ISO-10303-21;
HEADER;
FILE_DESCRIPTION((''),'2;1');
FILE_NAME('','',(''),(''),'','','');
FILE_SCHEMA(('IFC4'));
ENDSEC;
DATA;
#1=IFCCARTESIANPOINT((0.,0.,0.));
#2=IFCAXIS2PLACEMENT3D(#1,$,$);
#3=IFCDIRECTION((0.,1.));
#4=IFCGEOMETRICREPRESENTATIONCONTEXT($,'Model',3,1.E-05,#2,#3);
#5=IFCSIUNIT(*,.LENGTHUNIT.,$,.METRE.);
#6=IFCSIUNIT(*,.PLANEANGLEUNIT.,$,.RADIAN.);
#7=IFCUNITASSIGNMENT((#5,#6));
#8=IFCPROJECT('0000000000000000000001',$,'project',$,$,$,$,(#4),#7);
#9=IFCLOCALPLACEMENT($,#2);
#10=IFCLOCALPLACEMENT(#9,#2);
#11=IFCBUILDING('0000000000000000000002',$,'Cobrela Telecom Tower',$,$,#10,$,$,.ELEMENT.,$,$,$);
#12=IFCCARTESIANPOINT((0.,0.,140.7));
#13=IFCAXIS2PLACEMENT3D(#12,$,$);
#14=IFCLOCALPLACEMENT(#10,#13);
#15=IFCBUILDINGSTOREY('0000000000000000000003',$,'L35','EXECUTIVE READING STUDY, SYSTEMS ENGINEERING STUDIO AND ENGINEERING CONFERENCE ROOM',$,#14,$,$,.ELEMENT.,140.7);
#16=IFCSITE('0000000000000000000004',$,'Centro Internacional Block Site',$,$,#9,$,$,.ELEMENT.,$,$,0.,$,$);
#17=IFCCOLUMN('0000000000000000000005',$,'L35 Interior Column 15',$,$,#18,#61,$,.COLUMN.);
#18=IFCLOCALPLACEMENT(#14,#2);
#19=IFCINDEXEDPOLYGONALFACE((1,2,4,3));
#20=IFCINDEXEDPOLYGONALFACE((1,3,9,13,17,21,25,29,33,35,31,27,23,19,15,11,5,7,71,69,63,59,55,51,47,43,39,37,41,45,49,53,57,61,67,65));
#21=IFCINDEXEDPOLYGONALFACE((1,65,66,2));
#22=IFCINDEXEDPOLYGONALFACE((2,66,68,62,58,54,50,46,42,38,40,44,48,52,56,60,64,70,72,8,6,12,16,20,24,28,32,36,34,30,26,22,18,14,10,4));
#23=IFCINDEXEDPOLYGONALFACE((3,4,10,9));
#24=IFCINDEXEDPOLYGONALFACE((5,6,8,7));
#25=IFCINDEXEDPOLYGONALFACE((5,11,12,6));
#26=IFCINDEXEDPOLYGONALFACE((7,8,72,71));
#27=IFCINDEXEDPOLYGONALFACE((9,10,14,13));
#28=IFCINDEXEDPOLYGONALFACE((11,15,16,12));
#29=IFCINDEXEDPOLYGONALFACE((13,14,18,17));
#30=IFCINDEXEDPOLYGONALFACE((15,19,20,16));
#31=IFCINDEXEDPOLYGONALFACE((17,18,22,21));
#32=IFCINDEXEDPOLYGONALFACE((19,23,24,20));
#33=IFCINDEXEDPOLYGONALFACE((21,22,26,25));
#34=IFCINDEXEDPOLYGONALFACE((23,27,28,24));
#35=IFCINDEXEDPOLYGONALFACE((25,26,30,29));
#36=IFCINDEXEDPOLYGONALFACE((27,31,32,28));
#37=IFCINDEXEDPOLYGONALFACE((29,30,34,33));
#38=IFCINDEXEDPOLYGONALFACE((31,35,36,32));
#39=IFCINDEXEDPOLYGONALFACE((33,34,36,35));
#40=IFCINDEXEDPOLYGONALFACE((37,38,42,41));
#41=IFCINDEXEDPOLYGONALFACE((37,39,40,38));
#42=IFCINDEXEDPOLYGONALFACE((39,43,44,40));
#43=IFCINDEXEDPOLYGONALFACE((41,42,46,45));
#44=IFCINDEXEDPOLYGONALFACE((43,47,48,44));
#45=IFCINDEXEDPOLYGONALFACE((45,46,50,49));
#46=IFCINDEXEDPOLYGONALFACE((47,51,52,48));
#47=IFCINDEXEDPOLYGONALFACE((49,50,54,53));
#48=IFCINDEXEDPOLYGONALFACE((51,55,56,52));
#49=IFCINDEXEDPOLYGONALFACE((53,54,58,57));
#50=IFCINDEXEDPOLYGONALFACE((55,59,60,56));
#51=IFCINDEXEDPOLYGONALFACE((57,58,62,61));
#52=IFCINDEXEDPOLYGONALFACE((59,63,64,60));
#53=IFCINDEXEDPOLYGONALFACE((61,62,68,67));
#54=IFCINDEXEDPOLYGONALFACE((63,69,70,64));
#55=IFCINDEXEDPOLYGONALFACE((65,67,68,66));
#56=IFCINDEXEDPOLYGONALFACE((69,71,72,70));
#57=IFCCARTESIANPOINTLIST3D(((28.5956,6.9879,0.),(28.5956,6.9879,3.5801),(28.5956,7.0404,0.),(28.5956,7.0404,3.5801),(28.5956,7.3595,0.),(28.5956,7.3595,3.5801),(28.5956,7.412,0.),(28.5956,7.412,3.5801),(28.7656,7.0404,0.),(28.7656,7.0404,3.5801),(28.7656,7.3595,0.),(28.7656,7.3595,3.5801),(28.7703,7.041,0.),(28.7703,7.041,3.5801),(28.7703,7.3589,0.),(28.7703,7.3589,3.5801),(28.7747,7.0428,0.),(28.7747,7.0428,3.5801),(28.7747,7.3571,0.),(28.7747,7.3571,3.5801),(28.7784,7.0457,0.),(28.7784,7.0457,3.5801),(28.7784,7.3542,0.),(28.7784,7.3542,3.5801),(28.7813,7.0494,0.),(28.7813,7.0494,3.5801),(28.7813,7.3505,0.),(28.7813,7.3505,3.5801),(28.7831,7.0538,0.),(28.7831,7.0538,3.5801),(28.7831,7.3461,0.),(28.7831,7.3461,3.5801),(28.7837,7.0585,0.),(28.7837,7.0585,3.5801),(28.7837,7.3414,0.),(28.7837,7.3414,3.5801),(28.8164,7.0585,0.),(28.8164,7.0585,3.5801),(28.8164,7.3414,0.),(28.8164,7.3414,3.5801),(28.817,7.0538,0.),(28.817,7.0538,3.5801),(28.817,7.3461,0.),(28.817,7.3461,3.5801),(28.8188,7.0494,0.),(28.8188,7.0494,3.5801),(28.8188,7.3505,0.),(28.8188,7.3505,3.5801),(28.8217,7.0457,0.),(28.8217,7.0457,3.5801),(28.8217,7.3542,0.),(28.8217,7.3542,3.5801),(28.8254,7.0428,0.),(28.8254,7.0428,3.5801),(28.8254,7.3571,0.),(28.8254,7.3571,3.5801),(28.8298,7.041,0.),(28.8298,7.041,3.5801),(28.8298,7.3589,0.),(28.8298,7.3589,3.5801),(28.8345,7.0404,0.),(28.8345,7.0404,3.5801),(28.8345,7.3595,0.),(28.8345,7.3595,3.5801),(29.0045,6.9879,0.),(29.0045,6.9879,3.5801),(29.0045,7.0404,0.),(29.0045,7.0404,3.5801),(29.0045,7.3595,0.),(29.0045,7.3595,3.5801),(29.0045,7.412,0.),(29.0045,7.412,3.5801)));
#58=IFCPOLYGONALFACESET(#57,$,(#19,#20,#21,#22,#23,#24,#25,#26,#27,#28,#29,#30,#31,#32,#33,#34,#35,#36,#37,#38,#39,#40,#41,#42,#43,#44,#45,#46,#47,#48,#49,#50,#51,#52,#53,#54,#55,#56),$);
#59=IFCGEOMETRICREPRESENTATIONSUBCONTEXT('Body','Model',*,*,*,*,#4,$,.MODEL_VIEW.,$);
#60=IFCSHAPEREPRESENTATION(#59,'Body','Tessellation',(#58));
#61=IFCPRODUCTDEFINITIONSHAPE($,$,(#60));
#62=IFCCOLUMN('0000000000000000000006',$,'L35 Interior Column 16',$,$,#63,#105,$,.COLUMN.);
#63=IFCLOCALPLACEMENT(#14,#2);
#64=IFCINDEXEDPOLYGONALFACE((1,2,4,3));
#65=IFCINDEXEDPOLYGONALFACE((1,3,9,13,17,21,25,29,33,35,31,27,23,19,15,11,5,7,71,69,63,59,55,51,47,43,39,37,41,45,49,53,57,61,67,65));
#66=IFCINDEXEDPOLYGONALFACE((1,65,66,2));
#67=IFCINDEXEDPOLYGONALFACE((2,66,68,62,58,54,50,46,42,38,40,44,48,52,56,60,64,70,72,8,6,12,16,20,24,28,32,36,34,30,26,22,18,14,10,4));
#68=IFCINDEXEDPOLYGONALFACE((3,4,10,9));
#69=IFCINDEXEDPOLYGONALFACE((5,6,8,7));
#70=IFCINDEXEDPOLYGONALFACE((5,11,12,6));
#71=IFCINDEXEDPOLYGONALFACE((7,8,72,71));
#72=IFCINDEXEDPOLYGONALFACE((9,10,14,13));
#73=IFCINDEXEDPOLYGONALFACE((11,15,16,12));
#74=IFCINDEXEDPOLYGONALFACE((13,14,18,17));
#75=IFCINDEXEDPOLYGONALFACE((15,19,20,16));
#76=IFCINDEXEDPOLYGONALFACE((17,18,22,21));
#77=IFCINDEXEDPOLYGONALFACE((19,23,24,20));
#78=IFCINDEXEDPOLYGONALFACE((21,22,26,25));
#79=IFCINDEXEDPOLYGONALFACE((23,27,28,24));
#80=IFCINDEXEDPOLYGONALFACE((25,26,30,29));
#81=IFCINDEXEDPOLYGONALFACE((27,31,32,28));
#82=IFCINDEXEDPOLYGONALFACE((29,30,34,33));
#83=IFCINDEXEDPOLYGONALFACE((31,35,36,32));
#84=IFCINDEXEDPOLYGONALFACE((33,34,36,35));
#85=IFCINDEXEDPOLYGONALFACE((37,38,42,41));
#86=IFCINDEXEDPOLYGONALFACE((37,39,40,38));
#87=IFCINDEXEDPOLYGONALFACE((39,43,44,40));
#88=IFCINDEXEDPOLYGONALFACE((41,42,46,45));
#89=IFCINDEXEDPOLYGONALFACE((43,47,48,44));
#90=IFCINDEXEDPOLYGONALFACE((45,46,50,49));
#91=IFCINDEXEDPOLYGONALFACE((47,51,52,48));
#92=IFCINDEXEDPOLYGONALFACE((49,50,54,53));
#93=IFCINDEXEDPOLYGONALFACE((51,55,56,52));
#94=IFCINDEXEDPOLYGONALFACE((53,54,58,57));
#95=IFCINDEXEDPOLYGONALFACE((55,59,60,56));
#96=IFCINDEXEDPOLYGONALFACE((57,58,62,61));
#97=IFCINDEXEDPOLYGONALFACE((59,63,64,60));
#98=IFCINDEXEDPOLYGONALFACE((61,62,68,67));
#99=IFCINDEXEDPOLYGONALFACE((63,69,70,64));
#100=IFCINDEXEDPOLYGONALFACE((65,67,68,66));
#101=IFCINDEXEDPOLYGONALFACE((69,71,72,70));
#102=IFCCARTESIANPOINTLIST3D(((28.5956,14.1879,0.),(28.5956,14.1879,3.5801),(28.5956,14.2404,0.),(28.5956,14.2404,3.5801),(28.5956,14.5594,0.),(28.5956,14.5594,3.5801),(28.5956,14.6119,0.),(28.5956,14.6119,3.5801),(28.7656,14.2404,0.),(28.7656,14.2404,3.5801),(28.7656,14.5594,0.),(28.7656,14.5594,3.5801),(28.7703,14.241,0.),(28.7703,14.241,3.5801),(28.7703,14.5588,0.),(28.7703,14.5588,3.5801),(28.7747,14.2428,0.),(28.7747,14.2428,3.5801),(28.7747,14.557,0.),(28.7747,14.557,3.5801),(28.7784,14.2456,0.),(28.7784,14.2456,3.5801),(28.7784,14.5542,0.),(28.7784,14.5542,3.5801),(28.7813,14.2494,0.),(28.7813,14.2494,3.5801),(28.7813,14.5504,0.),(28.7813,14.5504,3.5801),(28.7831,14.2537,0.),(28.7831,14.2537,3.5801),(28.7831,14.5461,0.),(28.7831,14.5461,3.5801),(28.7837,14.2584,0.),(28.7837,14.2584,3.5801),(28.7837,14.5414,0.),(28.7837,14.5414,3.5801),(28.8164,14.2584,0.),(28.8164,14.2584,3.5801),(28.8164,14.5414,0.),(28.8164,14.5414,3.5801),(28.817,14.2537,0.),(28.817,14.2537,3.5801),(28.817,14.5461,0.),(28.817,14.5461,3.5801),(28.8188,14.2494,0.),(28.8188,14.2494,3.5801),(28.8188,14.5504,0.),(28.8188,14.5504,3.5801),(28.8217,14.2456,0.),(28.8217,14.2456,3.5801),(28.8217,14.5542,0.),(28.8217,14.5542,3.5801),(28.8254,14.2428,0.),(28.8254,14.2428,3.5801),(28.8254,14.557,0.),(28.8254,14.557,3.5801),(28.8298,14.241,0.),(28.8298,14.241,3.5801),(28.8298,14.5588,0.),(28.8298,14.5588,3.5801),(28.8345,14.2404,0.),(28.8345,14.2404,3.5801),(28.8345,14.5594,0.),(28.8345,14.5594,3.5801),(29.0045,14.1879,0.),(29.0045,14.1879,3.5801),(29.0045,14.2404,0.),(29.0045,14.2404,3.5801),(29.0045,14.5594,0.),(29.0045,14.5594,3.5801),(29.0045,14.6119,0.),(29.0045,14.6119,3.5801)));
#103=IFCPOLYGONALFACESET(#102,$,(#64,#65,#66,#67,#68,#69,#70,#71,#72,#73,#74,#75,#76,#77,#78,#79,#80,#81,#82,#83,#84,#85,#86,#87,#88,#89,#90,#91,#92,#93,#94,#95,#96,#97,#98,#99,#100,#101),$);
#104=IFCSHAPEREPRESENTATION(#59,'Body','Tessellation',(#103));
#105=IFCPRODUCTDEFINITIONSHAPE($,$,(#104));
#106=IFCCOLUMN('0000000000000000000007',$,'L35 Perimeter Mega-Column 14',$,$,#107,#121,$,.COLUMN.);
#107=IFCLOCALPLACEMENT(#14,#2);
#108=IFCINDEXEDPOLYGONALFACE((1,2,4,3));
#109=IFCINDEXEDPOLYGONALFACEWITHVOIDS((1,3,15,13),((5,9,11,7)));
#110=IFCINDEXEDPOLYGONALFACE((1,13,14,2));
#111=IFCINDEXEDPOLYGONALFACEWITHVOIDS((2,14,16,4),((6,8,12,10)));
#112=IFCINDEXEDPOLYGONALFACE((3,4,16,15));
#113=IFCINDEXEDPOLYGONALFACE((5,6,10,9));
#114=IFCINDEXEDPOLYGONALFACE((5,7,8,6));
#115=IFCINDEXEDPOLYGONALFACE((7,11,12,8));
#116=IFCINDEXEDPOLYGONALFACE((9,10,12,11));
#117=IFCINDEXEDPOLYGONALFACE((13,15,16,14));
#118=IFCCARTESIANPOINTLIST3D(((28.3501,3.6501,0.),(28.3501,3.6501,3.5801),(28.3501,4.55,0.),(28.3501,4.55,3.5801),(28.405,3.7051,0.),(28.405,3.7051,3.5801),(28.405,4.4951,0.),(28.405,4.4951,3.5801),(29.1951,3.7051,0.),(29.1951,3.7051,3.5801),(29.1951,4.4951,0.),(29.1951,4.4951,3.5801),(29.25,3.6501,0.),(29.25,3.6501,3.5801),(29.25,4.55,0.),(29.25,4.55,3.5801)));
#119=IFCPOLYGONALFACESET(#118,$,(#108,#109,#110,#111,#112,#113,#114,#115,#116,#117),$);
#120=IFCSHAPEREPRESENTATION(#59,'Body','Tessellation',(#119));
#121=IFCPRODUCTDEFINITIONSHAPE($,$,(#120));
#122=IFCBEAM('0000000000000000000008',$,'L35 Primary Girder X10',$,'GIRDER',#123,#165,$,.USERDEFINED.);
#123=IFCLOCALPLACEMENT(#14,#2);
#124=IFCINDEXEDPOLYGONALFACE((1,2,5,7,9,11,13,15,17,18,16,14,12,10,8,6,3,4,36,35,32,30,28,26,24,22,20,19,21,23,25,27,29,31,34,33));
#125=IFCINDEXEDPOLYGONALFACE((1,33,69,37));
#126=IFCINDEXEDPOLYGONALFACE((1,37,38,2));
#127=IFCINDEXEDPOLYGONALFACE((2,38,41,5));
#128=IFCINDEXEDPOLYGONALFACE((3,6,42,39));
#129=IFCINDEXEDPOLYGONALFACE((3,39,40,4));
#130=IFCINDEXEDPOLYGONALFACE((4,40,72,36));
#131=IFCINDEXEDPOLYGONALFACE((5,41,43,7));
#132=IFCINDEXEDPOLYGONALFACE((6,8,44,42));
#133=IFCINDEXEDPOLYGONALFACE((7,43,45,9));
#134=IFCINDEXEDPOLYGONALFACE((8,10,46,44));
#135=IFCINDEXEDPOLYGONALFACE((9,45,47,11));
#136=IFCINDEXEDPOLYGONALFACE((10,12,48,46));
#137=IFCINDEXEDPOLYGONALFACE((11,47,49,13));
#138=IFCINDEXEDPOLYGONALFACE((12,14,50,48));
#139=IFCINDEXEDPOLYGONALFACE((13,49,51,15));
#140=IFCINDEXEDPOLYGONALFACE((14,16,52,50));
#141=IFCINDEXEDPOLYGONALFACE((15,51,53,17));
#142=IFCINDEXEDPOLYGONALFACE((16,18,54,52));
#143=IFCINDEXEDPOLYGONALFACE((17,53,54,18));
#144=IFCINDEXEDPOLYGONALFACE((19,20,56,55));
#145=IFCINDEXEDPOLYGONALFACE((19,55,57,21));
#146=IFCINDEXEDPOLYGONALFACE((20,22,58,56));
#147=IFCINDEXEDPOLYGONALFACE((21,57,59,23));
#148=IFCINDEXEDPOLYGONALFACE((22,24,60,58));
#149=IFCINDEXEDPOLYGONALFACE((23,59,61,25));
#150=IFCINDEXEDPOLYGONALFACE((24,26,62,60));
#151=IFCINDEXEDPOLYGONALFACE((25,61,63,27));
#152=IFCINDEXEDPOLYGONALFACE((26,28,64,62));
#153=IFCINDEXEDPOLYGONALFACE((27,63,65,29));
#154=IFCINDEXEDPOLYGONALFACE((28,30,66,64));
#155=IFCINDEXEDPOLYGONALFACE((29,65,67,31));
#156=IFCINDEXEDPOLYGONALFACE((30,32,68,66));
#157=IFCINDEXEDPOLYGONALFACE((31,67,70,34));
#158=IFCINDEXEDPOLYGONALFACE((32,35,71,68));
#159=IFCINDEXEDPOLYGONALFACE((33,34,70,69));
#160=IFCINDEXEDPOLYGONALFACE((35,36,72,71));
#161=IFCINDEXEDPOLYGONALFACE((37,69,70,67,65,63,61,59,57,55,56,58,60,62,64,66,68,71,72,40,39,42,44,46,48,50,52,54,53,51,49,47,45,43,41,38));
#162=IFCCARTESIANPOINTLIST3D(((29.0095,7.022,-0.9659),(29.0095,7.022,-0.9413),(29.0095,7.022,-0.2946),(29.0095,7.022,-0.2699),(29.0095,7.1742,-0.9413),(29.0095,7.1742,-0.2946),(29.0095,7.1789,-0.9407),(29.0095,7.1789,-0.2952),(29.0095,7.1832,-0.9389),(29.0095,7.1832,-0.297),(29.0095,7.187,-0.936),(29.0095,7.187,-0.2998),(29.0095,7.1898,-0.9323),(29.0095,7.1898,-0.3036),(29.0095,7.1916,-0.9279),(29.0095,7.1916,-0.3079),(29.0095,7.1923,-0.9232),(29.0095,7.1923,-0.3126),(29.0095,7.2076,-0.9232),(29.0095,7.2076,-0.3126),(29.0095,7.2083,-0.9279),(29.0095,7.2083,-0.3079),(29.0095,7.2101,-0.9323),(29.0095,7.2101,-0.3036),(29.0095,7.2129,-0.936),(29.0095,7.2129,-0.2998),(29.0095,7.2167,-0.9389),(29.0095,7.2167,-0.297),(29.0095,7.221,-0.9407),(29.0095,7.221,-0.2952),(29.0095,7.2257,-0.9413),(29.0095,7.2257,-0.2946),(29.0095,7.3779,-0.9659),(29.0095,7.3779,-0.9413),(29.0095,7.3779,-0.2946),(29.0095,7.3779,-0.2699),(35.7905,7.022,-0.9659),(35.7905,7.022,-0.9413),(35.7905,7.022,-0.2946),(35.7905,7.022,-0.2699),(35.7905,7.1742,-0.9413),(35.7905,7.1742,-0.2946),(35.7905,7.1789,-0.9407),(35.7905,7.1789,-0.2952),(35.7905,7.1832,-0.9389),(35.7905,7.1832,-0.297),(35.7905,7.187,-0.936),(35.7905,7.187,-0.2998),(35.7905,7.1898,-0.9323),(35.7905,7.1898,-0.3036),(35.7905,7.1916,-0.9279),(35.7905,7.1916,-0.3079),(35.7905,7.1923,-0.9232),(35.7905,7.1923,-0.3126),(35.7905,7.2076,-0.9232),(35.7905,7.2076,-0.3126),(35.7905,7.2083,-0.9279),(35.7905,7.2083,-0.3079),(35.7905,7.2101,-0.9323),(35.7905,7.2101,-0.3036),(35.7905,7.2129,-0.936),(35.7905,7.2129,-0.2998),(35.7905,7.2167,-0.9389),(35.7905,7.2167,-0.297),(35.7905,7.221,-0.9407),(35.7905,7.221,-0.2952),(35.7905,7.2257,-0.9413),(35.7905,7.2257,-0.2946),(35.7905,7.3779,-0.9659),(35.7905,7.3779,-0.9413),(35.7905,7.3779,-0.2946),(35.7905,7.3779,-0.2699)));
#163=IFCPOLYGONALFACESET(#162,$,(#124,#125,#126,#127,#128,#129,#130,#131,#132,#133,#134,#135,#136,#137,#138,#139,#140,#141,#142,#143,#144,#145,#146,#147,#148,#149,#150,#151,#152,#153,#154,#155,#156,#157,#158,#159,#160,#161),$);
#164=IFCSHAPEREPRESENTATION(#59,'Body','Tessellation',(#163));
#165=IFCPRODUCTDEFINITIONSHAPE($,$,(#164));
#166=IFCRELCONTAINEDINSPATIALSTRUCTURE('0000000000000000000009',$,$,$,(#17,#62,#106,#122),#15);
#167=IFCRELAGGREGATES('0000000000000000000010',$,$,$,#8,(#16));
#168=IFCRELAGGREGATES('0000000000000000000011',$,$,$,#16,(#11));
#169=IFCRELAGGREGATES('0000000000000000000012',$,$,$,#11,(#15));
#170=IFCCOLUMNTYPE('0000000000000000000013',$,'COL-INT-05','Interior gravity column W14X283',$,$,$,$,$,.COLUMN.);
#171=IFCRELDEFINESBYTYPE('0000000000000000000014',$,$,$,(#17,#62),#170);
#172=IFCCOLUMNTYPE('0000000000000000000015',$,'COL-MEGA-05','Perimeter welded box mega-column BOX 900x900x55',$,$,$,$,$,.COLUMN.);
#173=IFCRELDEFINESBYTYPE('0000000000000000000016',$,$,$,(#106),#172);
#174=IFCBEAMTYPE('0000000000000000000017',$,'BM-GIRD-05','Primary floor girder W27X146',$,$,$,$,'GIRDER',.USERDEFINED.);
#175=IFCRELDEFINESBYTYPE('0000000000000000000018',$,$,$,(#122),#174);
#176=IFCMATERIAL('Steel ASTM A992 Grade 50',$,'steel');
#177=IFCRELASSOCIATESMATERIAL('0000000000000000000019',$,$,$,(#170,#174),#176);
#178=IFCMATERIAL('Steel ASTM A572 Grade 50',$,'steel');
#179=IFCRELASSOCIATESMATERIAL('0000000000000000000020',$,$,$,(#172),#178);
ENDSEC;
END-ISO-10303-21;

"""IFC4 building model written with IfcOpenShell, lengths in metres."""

from ifc_helpers import new_model, si_unit, direction, frame, origin, origin_2d, place, context, subcontext, project, spatial, hollow_rectangle, i_section, extrude, material, material_profile, profile_set, type_object, element, save


model = new_model("IFC4")

# Units and contexts
model_context = context("Model", 3, precision=1e-05, world=origin(), true_north=direction((0.0, 1.0)))
body_context = subcontext(model_context, "Body", "Model", "MODEL_VIEW")
ifc_project = project(units=[si_unit("LENGTHUNIT", "METRE"), si_unit("PLANEANGLEUNIT", "RADIAN")], contexts=[model_context])

# Site, building, storey
site_placement = place(None, origin())
site = spatial("IfcSite", under=ifc_project, at=site_placement, Name="Centro Internacional Block Site", CompositionType="ELEMENT", RefElevation=0.0)
building_placement = place(site_placement, origin())
building = spatial("IfcBuilding", under=site, at=building_placement, Name="Cobrela Telecom Tower", CompositionType="ELEMENT")
storey_placement = place(building_placement, frame((0.0, 0.0, 140.7)))
storey = spatial("IfcBuildingStorey", under=building, at=storey_placement, Name="L35", Description="EXECUTIVE READING STUDY, SYSTEMS ENGINEERING STUDIO AND ENGINEERING CONFERENCE ROOM", CompositionType="ELEMENT", Elevation=140.7)

# Columns
ifc_material_1 = material(Name="Steel ASTM A992 Grade 50", Category="steel")
ifc_material_profile_1 = material_profile(ifc_material_1, i_section(OverallWidth=0.4089, OverallDepth=0.4241, WebThickness=0.0327, FlangeThickness=0.0525, FilletRadius=0.0181, at=origin_2d()), Name="W14X283")
ifc_profile_set_1 = profile_set([ifc_material_profile_1], Name="Steel ASTM A992 Grade 50")
column_type_1 = type_object("IfcColumnType", Name="COL-INT-05", Description="Interior gravity column W14X283", PredefinedType="COLUMN", material=ifc_profile_set_1)
for number, where, z_axis, x_axis, name in (
    (1, (28.8, 7.2, 0.0), (0.0, 0.0, 1.0), (1.0, 0.0, 0.0), "L35 Interior Column 15"),
    (2, (28.8, 14.3999, 0.0), (0.0, 0.0, 1.0), (1.0, 0.0, 0.0), "L35 Interior Column 16"),
):
    element("IfcColumn", number, at=place(storey_placement, frame(where, z_axis=z_axis, x_axis=x_axis)), inside=storey, type_object=column_type_1, Name=name, PredefinedType="COLUMN", context=body_context, shape_type="SweptSolid", body=[
        extrude(i_section(OverallWidth=0.4089, OverallDepth=0.4241, WebThickness=0.0327, FlangeThickness=0.0525, FilletRadius=0.0181, at=origin_2d()), origin(), (0.0, 0.0, 1.0), 3.5801),
    ])
ifc_material_2 = material(Name="Steel ASTM A572 Grade 50", Category="steel")
ifc_material_profile_2 = material_profile(ifc_material_2, hollow_rectangle(XDim=0.8999, YDim=0.8999, WallThickness=0.0549, at=origin_2d()), Name="BOX 900x900x55")
ifc_profile_set_2 = profile_set([ifc_material_profile_2], Name="Steel ASTM A572 Grade 50")
column_type_2 = type_object("IfcColumnType", Name="COL-MEGA-05", Description="Perimeter welded box mega-column BOX 900x900x55", PredefinedType="COLUMN", material=ifc_profile_set_2)
column_placement = place(storey_placement, frame((28.8, 4.1001, 0.0), z_axis=(0.0, 0.0, 1.0), x_axis=(1.0, 0.0, 0.0)))
element("IfcColumn", 3, at=column_placement, inside=storey, type_object=column_type_2, Name="L35 Perimeter Mega-Column 14", PredefinedType="COLUMN", context=body_context, shape_type="SweptSolid", body=[
    extrude(hollow_rectangle(XDim=0.8999, YDim=0.8999, WallThickness=0.0549, at=origin_2d()), origin(), (0.0, 0.0, 1.0), 3.5801),
])

# Beam
ifc_material_profile_3 = material_profile(ifc_material_1, i_section(OverallWidth=0.356, OverallDepth=0.696, WebThickness=0.0154, FlangeThickness=0.0247, FilletRadius=0.0181, at=origin_2d()), Name="W27X146")
ifc_profile_set_3 = profile_set([ifc_material_profile_3], Name="Steel ASTM A992 Grade 50")
beam_type_1 = type_object("IfcBeamType", Name="BM-GIRD-05", Description="Primary floor girder W27X146", ElementType="GIRDER", PredefinedType="USERDEFINED", material=ifc_profile_set_3)
for number, where, z_axis, x_axis, name in (
    (4, (29.0095, 7.2, -0.6179), (1.0, 0.0, 0.0), (0.0, 1.0, 0.0), "L35 Primary Girder X10"),
):
    element("IfcBeam", number, at=place(storey_placement, frame(where, z_axis=z_axis, x_axis=x_axis)), inside=storey, type_object=beam_type_1, Name=name, ObjectType="GIRDER", PredefinedType="USERDEFINED", context=body_context, shape_type="SweptSolid", body=[
        extrude(i_section(OverallWidth=0.356, OverallDepth=0.696, WebThickness=0.0154, FlangeThickness=0.0247, FilletRadius=0.0181, at=origin_2d()), origin(), (0.0, 0.0, 1.0), 6.781),
    ])

save(model, "model.ifc")
